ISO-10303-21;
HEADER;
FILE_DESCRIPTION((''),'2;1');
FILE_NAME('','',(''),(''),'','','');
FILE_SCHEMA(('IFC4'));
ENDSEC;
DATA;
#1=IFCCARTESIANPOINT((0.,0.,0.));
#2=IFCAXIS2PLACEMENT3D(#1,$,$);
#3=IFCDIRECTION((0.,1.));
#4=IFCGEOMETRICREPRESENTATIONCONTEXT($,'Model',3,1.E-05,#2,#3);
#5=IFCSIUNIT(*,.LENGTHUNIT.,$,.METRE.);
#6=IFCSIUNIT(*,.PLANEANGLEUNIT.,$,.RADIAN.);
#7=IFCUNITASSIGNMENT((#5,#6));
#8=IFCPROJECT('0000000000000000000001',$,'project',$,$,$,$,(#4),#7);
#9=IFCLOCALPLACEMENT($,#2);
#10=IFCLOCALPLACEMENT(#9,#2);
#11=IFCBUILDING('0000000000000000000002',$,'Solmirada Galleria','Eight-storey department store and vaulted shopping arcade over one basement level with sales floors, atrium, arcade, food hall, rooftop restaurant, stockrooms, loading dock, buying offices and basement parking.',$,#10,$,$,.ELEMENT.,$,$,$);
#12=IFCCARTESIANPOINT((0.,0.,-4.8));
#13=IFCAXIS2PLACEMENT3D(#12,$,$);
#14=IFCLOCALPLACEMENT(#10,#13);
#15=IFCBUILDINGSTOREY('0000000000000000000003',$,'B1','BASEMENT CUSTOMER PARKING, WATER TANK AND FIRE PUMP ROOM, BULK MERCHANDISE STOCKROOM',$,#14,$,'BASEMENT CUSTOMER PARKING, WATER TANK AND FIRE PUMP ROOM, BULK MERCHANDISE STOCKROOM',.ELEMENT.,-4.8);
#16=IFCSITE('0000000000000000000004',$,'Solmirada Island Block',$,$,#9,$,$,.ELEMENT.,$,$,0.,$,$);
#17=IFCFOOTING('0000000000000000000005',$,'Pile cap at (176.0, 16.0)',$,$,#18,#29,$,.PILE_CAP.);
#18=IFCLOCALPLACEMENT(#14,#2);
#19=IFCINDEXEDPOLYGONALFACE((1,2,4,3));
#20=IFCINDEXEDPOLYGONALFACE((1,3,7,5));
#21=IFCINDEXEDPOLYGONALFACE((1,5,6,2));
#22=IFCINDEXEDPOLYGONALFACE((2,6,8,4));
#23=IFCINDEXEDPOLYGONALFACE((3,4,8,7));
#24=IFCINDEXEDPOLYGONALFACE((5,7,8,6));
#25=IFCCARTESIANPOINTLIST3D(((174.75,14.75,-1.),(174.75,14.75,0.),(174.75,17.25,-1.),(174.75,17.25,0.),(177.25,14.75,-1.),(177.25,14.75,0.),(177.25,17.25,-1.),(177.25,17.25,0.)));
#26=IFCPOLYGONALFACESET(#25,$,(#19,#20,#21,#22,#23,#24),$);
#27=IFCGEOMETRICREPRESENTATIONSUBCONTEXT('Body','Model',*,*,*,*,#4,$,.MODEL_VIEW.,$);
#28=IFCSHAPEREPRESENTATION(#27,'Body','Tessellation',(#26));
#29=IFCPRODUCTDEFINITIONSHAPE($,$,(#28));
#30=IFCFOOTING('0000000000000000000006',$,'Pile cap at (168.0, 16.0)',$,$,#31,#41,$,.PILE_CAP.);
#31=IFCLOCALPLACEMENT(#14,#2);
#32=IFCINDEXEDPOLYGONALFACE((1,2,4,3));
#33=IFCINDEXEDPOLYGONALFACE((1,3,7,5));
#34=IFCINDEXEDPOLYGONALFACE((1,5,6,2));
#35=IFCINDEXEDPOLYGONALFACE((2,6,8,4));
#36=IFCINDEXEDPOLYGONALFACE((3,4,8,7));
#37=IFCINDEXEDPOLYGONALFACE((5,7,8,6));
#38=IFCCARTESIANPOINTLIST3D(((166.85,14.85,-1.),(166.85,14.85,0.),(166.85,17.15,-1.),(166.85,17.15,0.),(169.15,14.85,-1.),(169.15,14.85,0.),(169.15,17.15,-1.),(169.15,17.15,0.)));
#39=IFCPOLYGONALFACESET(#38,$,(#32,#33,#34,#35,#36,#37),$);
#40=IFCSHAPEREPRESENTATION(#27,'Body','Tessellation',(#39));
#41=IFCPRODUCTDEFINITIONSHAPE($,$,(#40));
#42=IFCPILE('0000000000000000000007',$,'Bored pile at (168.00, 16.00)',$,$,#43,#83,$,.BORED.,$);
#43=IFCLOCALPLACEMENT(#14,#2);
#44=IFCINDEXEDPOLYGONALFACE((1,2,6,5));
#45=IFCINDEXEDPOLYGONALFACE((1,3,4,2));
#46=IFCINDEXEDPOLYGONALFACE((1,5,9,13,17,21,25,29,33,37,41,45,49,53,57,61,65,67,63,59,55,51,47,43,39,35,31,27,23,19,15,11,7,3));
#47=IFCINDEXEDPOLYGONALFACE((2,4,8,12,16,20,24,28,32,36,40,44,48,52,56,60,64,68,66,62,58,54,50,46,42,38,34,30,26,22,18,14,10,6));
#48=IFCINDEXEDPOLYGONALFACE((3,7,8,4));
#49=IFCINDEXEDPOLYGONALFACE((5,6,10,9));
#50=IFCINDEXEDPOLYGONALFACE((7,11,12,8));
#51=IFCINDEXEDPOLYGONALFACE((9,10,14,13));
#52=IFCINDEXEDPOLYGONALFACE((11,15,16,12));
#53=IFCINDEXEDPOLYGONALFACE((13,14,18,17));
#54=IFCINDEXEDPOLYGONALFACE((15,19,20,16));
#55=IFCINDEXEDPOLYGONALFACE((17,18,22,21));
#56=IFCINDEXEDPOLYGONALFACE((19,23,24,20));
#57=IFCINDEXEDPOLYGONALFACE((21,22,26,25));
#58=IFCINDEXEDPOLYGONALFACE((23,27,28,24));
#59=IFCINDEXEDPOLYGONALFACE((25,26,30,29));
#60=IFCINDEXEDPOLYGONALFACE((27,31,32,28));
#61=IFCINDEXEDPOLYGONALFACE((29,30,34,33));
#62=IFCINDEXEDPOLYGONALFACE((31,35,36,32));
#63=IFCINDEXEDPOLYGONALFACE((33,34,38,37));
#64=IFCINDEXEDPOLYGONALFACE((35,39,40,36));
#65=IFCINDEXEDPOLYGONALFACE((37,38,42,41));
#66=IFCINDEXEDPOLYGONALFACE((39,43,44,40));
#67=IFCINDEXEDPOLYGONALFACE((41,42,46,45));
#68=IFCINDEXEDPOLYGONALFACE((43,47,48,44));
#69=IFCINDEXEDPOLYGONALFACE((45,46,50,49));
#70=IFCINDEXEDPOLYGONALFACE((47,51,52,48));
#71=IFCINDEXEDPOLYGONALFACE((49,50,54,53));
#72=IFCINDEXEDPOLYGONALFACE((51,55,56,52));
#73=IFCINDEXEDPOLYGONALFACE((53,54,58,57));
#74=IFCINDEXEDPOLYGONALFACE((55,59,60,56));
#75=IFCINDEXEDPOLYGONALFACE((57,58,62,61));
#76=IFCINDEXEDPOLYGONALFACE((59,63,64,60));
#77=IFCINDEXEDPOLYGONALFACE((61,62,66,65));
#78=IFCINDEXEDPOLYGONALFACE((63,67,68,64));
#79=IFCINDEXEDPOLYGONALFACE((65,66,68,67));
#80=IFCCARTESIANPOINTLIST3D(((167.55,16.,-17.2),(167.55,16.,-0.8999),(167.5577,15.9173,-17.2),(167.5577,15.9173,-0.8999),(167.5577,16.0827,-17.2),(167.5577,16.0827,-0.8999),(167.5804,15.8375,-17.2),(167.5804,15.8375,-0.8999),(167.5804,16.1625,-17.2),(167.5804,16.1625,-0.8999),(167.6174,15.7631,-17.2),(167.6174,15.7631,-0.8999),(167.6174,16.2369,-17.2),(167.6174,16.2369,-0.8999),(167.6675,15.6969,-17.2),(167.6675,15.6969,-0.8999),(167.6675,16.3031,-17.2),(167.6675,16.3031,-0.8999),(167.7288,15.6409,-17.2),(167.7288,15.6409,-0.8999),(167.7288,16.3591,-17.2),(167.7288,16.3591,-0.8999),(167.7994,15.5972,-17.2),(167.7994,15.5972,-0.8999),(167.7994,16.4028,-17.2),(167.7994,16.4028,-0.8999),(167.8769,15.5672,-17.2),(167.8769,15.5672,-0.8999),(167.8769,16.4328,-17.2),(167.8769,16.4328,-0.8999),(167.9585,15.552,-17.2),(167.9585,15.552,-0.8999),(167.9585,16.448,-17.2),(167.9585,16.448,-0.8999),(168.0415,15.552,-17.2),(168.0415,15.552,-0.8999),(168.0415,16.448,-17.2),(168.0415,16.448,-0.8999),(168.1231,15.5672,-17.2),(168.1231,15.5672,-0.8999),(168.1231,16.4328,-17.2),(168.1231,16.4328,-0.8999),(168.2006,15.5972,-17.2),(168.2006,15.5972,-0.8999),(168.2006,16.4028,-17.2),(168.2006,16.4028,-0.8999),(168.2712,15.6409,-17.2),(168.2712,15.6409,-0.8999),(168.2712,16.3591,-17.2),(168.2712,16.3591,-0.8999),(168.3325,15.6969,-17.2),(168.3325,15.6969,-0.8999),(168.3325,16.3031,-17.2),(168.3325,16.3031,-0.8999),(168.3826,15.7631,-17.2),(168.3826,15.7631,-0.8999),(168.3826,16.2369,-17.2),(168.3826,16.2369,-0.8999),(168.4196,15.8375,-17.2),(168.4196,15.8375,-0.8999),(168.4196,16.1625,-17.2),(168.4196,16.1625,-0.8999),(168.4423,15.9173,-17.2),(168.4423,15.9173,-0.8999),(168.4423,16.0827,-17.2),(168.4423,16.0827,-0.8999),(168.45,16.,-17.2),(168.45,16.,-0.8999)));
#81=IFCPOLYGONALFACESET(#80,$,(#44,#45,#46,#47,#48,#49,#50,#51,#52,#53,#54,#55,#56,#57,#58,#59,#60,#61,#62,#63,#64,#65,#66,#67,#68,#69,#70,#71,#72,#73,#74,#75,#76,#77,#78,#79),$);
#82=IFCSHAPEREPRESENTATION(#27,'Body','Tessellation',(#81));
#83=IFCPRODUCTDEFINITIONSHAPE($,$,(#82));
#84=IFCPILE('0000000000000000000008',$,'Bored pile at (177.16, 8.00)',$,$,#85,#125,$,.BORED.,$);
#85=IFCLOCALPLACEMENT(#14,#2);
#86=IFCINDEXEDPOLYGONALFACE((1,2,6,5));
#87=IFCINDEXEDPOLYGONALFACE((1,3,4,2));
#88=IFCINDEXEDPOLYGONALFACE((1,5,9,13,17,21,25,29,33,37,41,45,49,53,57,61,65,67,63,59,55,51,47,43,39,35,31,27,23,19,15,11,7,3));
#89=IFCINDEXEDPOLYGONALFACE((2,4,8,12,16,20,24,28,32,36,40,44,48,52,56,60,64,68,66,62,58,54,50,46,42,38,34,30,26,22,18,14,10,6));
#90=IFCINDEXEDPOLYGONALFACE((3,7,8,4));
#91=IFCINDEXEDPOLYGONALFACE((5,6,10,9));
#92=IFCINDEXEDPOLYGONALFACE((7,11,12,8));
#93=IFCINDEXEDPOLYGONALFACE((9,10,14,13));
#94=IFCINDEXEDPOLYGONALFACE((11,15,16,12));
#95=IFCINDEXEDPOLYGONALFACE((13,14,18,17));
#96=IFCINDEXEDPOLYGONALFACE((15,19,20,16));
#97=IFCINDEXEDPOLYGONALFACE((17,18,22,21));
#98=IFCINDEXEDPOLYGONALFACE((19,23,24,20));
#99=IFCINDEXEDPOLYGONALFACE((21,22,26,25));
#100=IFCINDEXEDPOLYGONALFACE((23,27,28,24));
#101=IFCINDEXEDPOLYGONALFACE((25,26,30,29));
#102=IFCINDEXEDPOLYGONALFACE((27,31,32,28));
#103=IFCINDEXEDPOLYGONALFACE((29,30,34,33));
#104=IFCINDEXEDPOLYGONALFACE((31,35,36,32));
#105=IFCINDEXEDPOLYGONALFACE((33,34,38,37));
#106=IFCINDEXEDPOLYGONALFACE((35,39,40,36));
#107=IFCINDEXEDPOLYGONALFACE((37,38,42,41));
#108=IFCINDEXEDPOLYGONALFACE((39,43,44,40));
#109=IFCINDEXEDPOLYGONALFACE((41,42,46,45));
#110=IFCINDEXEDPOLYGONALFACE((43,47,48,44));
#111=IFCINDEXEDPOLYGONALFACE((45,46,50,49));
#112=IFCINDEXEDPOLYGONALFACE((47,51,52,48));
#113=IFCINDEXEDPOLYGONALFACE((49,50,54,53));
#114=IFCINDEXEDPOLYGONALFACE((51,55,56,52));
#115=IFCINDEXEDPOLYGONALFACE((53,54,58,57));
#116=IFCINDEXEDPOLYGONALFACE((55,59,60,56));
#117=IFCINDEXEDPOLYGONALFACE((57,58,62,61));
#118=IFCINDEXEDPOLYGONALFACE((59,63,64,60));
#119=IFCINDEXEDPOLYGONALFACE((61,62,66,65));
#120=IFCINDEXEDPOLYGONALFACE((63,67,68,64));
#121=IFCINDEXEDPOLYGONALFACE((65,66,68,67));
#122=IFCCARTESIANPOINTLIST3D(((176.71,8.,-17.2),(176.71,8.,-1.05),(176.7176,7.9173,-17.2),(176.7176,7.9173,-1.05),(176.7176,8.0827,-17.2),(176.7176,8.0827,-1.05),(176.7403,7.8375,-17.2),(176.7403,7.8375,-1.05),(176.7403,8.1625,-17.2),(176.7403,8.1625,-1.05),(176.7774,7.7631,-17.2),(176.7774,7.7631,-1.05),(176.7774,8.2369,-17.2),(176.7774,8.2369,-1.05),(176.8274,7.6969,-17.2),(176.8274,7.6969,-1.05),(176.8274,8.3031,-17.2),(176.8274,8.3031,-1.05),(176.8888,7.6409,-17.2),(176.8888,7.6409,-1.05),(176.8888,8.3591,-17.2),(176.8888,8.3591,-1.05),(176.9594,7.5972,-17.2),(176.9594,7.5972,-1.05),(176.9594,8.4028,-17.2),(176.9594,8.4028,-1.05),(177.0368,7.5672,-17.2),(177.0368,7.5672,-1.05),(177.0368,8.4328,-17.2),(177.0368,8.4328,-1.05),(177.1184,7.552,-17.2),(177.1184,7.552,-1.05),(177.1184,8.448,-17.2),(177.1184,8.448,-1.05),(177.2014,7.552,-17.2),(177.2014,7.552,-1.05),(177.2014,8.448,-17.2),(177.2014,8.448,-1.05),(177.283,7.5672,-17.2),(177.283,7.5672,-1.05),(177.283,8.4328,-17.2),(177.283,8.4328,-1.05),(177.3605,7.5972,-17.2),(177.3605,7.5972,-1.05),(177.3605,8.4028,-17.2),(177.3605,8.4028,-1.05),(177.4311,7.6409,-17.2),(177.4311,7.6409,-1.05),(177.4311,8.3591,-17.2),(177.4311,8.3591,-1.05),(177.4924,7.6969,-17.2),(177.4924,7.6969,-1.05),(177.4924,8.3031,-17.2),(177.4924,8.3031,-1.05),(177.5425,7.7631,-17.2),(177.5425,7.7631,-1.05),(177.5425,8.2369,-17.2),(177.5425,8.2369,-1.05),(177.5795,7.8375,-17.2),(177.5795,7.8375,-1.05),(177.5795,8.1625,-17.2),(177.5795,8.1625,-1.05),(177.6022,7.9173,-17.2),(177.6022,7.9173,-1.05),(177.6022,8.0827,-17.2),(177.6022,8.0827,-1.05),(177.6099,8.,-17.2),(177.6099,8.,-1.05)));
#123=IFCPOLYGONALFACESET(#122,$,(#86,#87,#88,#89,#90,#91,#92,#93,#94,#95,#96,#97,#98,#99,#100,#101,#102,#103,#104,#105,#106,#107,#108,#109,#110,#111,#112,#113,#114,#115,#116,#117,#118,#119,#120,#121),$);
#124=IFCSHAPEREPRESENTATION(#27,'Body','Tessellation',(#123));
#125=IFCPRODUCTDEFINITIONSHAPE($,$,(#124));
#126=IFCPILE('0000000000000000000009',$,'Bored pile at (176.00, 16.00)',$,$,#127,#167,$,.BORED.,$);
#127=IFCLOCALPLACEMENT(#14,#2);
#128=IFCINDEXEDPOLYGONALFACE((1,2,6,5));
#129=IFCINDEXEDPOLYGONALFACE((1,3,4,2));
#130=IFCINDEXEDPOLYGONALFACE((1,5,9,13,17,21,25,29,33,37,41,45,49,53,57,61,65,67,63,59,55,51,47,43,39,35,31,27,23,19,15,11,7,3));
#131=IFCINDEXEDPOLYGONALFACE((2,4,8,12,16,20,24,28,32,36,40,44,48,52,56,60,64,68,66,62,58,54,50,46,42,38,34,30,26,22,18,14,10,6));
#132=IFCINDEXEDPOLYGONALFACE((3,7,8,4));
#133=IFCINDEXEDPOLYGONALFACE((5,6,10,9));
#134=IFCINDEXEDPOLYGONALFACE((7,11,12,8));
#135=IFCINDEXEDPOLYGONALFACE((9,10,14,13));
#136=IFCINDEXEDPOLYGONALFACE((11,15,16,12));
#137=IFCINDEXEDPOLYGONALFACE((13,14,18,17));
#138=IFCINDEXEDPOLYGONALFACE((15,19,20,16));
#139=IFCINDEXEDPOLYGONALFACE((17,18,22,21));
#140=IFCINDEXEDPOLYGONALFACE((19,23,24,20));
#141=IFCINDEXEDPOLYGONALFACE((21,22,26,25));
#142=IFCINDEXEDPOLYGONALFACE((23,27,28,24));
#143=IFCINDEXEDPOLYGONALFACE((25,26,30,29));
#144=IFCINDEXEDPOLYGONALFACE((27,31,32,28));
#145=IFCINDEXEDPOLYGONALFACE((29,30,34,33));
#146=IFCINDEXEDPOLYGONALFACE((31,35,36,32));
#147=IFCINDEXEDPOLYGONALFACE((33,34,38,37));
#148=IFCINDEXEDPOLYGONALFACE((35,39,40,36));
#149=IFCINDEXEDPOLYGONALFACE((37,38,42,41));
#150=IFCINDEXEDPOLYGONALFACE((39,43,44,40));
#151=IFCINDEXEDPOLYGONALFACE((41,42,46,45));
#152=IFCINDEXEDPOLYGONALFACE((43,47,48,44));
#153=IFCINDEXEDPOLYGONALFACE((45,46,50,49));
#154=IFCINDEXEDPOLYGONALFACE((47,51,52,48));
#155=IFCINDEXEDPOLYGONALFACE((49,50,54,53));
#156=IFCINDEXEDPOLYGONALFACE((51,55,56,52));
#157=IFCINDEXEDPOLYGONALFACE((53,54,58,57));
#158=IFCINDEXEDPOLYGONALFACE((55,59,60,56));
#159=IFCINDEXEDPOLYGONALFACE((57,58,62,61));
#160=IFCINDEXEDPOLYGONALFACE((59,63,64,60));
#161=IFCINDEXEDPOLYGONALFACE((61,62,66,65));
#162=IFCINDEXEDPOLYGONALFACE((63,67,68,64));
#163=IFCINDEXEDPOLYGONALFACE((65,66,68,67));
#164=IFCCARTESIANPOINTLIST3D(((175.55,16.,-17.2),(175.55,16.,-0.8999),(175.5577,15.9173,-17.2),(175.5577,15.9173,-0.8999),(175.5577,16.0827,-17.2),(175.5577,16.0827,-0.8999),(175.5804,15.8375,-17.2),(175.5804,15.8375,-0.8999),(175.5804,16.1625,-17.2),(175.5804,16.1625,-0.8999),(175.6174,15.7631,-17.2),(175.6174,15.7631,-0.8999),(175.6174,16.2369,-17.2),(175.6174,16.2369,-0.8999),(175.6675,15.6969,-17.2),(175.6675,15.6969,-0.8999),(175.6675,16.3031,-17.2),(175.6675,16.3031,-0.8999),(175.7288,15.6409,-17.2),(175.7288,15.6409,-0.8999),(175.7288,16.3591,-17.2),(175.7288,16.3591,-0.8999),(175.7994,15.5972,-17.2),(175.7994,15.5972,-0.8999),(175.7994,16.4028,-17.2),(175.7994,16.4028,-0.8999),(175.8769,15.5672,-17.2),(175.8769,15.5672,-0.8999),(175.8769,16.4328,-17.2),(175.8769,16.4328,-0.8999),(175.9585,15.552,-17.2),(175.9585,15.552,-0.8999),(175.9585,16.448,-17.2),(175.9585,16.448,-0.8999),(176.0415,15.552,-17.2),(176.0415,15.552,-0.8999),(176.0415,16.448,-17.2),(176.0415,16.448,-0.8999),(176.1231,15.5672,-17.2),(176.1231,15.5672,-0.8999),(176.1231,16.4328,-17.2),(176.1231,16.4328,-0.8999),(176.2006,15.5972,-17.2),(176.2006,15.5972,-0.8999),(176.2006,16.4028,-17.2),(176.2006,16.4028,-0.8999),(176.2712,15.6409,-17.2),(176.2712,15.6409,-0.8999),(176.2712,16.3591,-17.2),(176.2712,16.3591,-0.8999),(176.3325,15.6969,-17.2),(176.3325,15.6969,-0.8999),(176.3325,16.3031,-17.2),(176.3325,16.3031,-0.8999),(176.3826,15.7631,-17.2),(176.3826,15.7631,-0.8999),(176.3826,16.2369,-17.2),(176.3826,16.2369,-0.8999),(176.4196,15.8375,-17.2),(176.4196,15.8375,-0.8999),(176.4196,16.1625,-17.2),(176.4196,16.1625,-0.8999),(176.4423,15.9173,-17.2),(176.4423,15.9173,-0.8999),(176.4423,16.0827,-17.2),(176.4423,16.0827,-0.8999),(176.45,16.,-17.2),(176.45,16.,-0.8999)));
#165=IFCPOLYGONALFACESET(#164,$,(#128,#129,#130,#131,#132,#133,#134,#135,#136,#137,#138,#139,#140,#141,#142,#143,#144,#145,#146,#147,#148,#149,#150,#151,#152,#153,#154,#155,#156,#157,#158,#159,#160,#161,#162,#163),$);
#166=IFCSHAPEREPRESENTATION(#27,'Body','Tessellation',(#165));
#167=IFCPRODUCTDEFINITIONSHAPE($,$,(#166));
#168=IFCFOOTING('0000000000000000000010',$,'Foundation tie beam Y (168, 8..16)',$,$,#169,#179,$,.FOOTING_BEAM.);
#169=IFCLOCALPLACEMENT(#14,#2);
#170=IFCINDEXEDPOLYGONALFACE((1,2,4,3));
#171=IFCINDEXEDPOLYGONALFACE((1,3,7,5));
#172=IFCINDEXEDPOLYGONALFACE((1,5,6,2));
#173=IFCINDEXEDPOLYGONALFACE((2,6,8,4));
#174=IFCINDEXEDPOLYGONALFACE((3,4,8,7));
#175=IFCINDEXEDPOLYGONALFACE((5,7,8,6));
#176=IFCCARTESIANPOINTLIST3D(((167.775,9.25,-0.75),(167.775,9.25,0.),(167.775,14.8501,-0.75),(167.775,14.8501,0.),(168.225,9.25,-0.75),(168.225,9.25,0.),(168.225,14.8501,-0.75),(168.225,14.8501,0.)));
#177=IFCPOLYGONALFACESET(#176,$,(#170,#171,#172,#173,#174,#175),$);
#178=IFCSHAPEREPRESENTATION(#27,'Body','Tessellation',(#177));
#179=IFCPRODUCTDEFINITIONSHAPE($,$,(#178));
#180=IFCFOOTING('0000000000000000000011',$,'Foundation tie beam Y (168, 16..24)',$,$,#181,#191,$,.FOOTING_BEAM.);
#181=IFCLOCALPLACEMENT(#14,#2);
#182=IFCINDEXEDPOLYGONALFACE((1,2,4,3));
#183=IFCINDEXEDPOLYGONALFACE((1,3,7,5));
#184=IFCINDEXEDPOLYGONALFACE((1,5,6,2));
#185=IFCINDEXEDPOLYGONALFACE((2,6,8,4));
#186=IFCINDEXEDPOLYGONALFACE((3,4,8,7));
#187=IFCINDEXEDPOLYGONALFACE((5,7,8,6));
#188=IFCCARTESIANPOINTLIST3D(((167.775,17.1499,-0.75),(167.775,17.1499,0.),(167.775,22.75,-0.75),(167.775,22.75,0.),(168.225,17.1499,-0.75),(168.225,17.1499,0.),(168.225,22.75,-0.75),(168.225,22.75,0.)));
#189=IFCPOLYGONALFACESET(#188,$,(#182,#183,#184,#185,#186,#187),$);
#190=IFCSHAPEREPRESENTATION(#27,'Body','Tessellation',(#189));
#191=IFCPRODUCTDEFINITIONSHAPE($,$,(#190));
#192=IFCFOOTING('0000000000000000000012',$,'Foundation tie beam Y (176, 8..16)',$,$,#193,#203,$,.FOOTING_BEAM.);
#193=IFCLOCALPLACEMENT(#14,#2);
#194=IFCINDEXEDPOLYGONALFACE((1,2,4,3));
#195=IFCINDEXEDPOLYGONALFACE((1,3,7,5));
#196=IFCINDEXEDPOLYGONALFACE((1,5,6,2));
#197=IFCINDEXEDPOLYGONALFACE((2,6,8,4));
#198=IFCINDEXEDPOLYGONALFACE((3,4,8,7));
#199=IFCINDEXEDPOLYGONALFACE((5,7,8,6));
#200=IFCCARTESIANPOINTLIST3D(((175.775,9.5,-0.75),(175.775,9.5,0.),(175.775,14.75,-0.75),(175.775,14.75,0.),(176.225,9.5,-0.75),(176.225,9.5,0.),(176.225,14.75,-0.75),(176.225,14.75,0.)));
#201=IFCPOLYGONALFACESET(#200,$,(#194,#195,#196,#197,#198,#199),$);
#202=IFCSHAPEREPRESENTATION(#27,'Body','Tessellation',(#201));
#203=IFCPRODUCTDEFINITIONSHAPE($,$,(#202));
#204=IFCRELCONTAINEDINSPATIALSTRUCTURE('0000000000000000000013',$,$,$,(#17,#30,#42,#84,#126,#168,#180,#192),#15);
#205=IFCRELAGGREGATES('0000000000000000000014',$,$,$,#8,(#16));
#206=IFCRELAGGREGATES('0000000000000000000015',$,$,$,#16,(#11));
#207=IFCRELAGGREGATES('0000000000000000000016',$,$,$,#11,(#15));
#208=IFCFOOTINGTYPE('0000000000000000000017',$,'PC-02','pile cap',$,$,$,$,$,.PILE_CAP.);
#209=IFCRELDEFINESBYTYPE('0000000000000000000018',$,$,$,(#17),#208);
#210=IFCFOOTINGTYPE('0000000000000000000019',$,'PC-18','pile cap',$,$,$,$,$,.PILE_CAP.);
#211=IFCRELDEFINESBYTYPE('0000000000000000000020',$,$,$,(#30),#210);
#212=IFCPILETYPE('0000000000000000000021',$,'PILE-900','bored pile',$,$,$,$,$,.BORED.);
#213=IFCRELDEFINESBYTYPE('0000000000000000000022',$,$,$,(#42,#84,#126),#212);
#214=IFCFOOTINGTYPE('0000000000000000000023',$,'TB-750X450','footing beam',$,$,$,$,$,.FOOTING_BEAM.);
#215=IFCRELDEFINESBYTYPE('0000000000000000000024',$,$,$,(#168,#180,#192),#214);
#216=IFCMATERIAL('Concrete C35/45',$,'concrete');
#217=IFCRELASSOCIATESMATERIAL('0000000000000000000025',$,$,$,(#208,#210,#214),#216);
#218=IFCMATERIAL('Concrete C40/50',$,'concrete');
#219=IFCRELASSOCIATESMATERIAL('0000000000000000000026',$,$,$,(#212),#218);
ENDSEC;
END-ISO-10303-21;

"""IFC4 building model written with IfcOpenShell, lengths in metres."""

from ifc_helpers import new_model, si_unit, direction, frame, origin, origin_2d, place, context, subcontext, project, spatial, rectangle, circle, extrude, material, material_profile, profile_set, type_object, element, save


model = new_model("IFC4")

# Units and contexts
model_context = context("Model", 3, precision=1e-05, world=origin(), true_north=direction((0.0, 1.0)))
body_context = subcontext(model_context, "Body", "Model", "MODEL_VIEW")
ifc_project = project(units=[si_unit("LENGTHUNIT", "METRE"), si_unit("PLANEANGLEUNIT", "RADIAN")], contexts=[model_context])

# Site, building, storey
site_placement = place(None, origin())
site = spatial("IfcSite", under=ifc_project, at=site_placement, Name="Solmirada Island Block", CompositionType="ELEMENT", RefElevation=0.0)
building_placement = place(site_placement, origin())
building = spatial("IfcBuilding", under=site, at=building_placement, Name="Solmirada Galleria", Description="Eight-storey department store and vaulted shopping arcade over one basement level with sales floors, atrium, arcade, food hall, rooftop restaurant, stockrooms, loading dock, buying offices and basement parking.", CompositionType="ELEMENT")
storey_placement = place(building_placement, frame((0.0, 0.0, -4.8)))
storey = spatial("IfcBuildingStorey", under=building, at=storey_placement, Name="B1", Description="BASEMENT CUSTOMER PARKING, WATER TANK AND FIRE PUMP ROOM, BULK MERCHANDISE STOCKROOM", LongName="BASEMENT CUSTOMER PARKING, WATER TANK AND FIRE PUMP ROOM, BULK MERCHANDISE STOCKROOM", CompositionType="ELEMENT", Elevation=-4.8)

# Footings
ifc_material_1 = material(Name="Concrete C35/45", Category="concrete")
footing_type_1 = type_object("IfcFootingType", Name="PC-02", Description="pile cap", PredefinedType="PILE_CAP", material=ifc_material_1)
footing_1_placement = place(storey_placement, frame((176.0, 16.0, -1.0), z_axis=(0.0, 0.0, 1.0), x_axis=(1.0, 0.0, 0.0)))
element("IfcFooting", 1, at=footing_1_placement, inside=storey, type_object=footing_type_1, Name="Pile cap at (176.0, 16.0)", PredefinedType="PILE_CAP", context=body_context, shape_type="SweptSolid", body=[
    extrude(rectangle(XDim=2.5, YDim=2.5, at=origin_2d()), origin(), (0.0, 0.0, 1.0), 1.0),
])
footing_type_2 = type_object("IfcFootingType", Name="PC-18", Description="pile cap", PredefinedType="PILE_CAP", material=ifc_material_1)
footing_2_placement = place(storey_placement, frame((168.0, 16.0, -1.0), z_axis=(0.0, 0.0, 1.0), x_axis=(1.0, 0.0, 0.0)))
element("IfcFooting", 2, at=footing_2_placement, inside=storey, type_object=footing_type_2, Name="Pile cap at (168.0, 16.0)", PredefinedType="PILE_CAP", context=body_context, shape_type="SweptSolid", body=[
    extrude(rectangle(XDim=2.3, YDim=2.3, at=origin_2d()), origin(), (0.0, 0.0, 1.0), 1.0),
])

# Piles
ifc_material_2 = material(Name="Concrete C40/50", Category="concrete")
ifc_material_profile_1 = material_profile(ifc_material_2, circle(Radius=0.45, at=origin_2d()), Name="PILE900")
ifc_profile_set_1 = profile_set([ifc_material_profile_1], Name="Concrete C40/50")
pile_type = type_object("IfcPileType", Name="PILE-900", Description="bored pile", PredefinedType="BORED", material=ifc_profile_set_1)
pile_1_placement = place(storey_placement, frame((168.0, 16.0, -0.8999), z_axis=(0.0, 0.0, -1.0), x_axis=(1.0, 0.0, 0.0)))
element("IfcPile", 3, at=pile_1_placement, inside=storey, type_object=pile_type, Name="Bored pile at (168.00, 16.00)", PredefinedType="BORED", context=body_context, shape_type="SweptSolid", body=[
    extrude(circle(Radius=0.45, at=origin_2d()), origin(), (0.0, 0.0, 1.0), 16.3),
])
pile_2_placement = place(storey_placement, frame((177.1599, 8.0, -1.05), z_axis=(0.0, 0.0, -1.0), x_axis=(1.0, 0.0, 0.0)))
element("IfcPile", 4, at=pile_2_placement, inside=storey, type_object=pile_type, Name="Bored pile at (177.16, 8.00)", PredefinedType="BORED", context=body_context, shape_type="SweptSolid", body=[
    extrude(circle(Radius=0.45, at=origin_2d()), origin(), (0.0, 0.0, 1.0), 16.1499),
])
pile_3_placement = place(storey_placement, frame((176.0, 16.0, -0.8999), z_axis=(0.0, 0.0, -1.0), x_axis=(1.0, 0.0, 0.0)))
element("IfcPile", 5, at=pile_3_placement, inside=storey, type_object=pile_type, Name="Bored pile at (176.00, 16.00)", PredefinedType="BORED", context=body_context, shape_type="SweptSolid", body=[
    extrude(circle(Radius=0.45, at=origin_2d()), origin(), (0.0, 0.0, 1.0), 16.3),
])

# Footings
ifc_material_profile_2 = material_profile(ifc_material_1, rectangle(XDim=0.45, YDim=0.75, at=origin_2d()), Name="RC750X450")
ifc_profile_set_2 = profile_set([ifc_material_profile_2], Name="Concrete C35/45")
footing_type_3 = type_object("IfcFootingType", Name="TB-750X450", Description="footing beam", PredefinedType="FOOTING_BEAM", material=ifc_profile_set_2)
for number, where, z_axis, x_axis, name in (
    (6, (168.0, 9.25, -0.375), (0.0, 1.0, 0.0), (-1.0, 0.0, 0.0), "Foundation tie beam Y (168, 8..16)"),
    (7, (168.0, 17.1499, -0.375), (0.0, 1.0, 0.0), (-1.0, 0.0, 0.0), "Foundation tie beam Y (168, 16..24)"),
):
    element("IfcFooting", number, at=place(storey_placement, frame(where, z_axis=z_axis, x_axis=x_axis)), inside=storey, type_object=footing_type_3, Name=name, PredefinedType="FOOTING_BEAM", context=body_context, shape_type="SweptSolid", body=[
        extrude(rectangle(XDim=0.45, YDim=0.75, at=origin_2d()), origin(), (0.0, 0.0, 1.0), 5.6001),
    ])
for number, where, z_axis, x_axis, name in (
    (8, (176.0, 9.5, -0.375), (0.0, 1.0, 0.0), (-1.0, 0.0, 0.0), "Foundation tie beam Y (176, 8..16)"),
):
    element("IfcFooting", number, at=place(storey_placement, frame(where, z_axis=z_axis, x_axis=x_axis)), inside=storey, type_object=footing_type_3, Name=name, PredefinedType="FOOTING_BEAM", context=body_context, shape_type="SweptSolid", body=[
        extrude(rectangle(XDim=0.45, YDim=0.75, at=origin_2d()), origin(), (0.0, 0.0, 1.0), 5.25),
    ])

save(model, "model.ifc")
